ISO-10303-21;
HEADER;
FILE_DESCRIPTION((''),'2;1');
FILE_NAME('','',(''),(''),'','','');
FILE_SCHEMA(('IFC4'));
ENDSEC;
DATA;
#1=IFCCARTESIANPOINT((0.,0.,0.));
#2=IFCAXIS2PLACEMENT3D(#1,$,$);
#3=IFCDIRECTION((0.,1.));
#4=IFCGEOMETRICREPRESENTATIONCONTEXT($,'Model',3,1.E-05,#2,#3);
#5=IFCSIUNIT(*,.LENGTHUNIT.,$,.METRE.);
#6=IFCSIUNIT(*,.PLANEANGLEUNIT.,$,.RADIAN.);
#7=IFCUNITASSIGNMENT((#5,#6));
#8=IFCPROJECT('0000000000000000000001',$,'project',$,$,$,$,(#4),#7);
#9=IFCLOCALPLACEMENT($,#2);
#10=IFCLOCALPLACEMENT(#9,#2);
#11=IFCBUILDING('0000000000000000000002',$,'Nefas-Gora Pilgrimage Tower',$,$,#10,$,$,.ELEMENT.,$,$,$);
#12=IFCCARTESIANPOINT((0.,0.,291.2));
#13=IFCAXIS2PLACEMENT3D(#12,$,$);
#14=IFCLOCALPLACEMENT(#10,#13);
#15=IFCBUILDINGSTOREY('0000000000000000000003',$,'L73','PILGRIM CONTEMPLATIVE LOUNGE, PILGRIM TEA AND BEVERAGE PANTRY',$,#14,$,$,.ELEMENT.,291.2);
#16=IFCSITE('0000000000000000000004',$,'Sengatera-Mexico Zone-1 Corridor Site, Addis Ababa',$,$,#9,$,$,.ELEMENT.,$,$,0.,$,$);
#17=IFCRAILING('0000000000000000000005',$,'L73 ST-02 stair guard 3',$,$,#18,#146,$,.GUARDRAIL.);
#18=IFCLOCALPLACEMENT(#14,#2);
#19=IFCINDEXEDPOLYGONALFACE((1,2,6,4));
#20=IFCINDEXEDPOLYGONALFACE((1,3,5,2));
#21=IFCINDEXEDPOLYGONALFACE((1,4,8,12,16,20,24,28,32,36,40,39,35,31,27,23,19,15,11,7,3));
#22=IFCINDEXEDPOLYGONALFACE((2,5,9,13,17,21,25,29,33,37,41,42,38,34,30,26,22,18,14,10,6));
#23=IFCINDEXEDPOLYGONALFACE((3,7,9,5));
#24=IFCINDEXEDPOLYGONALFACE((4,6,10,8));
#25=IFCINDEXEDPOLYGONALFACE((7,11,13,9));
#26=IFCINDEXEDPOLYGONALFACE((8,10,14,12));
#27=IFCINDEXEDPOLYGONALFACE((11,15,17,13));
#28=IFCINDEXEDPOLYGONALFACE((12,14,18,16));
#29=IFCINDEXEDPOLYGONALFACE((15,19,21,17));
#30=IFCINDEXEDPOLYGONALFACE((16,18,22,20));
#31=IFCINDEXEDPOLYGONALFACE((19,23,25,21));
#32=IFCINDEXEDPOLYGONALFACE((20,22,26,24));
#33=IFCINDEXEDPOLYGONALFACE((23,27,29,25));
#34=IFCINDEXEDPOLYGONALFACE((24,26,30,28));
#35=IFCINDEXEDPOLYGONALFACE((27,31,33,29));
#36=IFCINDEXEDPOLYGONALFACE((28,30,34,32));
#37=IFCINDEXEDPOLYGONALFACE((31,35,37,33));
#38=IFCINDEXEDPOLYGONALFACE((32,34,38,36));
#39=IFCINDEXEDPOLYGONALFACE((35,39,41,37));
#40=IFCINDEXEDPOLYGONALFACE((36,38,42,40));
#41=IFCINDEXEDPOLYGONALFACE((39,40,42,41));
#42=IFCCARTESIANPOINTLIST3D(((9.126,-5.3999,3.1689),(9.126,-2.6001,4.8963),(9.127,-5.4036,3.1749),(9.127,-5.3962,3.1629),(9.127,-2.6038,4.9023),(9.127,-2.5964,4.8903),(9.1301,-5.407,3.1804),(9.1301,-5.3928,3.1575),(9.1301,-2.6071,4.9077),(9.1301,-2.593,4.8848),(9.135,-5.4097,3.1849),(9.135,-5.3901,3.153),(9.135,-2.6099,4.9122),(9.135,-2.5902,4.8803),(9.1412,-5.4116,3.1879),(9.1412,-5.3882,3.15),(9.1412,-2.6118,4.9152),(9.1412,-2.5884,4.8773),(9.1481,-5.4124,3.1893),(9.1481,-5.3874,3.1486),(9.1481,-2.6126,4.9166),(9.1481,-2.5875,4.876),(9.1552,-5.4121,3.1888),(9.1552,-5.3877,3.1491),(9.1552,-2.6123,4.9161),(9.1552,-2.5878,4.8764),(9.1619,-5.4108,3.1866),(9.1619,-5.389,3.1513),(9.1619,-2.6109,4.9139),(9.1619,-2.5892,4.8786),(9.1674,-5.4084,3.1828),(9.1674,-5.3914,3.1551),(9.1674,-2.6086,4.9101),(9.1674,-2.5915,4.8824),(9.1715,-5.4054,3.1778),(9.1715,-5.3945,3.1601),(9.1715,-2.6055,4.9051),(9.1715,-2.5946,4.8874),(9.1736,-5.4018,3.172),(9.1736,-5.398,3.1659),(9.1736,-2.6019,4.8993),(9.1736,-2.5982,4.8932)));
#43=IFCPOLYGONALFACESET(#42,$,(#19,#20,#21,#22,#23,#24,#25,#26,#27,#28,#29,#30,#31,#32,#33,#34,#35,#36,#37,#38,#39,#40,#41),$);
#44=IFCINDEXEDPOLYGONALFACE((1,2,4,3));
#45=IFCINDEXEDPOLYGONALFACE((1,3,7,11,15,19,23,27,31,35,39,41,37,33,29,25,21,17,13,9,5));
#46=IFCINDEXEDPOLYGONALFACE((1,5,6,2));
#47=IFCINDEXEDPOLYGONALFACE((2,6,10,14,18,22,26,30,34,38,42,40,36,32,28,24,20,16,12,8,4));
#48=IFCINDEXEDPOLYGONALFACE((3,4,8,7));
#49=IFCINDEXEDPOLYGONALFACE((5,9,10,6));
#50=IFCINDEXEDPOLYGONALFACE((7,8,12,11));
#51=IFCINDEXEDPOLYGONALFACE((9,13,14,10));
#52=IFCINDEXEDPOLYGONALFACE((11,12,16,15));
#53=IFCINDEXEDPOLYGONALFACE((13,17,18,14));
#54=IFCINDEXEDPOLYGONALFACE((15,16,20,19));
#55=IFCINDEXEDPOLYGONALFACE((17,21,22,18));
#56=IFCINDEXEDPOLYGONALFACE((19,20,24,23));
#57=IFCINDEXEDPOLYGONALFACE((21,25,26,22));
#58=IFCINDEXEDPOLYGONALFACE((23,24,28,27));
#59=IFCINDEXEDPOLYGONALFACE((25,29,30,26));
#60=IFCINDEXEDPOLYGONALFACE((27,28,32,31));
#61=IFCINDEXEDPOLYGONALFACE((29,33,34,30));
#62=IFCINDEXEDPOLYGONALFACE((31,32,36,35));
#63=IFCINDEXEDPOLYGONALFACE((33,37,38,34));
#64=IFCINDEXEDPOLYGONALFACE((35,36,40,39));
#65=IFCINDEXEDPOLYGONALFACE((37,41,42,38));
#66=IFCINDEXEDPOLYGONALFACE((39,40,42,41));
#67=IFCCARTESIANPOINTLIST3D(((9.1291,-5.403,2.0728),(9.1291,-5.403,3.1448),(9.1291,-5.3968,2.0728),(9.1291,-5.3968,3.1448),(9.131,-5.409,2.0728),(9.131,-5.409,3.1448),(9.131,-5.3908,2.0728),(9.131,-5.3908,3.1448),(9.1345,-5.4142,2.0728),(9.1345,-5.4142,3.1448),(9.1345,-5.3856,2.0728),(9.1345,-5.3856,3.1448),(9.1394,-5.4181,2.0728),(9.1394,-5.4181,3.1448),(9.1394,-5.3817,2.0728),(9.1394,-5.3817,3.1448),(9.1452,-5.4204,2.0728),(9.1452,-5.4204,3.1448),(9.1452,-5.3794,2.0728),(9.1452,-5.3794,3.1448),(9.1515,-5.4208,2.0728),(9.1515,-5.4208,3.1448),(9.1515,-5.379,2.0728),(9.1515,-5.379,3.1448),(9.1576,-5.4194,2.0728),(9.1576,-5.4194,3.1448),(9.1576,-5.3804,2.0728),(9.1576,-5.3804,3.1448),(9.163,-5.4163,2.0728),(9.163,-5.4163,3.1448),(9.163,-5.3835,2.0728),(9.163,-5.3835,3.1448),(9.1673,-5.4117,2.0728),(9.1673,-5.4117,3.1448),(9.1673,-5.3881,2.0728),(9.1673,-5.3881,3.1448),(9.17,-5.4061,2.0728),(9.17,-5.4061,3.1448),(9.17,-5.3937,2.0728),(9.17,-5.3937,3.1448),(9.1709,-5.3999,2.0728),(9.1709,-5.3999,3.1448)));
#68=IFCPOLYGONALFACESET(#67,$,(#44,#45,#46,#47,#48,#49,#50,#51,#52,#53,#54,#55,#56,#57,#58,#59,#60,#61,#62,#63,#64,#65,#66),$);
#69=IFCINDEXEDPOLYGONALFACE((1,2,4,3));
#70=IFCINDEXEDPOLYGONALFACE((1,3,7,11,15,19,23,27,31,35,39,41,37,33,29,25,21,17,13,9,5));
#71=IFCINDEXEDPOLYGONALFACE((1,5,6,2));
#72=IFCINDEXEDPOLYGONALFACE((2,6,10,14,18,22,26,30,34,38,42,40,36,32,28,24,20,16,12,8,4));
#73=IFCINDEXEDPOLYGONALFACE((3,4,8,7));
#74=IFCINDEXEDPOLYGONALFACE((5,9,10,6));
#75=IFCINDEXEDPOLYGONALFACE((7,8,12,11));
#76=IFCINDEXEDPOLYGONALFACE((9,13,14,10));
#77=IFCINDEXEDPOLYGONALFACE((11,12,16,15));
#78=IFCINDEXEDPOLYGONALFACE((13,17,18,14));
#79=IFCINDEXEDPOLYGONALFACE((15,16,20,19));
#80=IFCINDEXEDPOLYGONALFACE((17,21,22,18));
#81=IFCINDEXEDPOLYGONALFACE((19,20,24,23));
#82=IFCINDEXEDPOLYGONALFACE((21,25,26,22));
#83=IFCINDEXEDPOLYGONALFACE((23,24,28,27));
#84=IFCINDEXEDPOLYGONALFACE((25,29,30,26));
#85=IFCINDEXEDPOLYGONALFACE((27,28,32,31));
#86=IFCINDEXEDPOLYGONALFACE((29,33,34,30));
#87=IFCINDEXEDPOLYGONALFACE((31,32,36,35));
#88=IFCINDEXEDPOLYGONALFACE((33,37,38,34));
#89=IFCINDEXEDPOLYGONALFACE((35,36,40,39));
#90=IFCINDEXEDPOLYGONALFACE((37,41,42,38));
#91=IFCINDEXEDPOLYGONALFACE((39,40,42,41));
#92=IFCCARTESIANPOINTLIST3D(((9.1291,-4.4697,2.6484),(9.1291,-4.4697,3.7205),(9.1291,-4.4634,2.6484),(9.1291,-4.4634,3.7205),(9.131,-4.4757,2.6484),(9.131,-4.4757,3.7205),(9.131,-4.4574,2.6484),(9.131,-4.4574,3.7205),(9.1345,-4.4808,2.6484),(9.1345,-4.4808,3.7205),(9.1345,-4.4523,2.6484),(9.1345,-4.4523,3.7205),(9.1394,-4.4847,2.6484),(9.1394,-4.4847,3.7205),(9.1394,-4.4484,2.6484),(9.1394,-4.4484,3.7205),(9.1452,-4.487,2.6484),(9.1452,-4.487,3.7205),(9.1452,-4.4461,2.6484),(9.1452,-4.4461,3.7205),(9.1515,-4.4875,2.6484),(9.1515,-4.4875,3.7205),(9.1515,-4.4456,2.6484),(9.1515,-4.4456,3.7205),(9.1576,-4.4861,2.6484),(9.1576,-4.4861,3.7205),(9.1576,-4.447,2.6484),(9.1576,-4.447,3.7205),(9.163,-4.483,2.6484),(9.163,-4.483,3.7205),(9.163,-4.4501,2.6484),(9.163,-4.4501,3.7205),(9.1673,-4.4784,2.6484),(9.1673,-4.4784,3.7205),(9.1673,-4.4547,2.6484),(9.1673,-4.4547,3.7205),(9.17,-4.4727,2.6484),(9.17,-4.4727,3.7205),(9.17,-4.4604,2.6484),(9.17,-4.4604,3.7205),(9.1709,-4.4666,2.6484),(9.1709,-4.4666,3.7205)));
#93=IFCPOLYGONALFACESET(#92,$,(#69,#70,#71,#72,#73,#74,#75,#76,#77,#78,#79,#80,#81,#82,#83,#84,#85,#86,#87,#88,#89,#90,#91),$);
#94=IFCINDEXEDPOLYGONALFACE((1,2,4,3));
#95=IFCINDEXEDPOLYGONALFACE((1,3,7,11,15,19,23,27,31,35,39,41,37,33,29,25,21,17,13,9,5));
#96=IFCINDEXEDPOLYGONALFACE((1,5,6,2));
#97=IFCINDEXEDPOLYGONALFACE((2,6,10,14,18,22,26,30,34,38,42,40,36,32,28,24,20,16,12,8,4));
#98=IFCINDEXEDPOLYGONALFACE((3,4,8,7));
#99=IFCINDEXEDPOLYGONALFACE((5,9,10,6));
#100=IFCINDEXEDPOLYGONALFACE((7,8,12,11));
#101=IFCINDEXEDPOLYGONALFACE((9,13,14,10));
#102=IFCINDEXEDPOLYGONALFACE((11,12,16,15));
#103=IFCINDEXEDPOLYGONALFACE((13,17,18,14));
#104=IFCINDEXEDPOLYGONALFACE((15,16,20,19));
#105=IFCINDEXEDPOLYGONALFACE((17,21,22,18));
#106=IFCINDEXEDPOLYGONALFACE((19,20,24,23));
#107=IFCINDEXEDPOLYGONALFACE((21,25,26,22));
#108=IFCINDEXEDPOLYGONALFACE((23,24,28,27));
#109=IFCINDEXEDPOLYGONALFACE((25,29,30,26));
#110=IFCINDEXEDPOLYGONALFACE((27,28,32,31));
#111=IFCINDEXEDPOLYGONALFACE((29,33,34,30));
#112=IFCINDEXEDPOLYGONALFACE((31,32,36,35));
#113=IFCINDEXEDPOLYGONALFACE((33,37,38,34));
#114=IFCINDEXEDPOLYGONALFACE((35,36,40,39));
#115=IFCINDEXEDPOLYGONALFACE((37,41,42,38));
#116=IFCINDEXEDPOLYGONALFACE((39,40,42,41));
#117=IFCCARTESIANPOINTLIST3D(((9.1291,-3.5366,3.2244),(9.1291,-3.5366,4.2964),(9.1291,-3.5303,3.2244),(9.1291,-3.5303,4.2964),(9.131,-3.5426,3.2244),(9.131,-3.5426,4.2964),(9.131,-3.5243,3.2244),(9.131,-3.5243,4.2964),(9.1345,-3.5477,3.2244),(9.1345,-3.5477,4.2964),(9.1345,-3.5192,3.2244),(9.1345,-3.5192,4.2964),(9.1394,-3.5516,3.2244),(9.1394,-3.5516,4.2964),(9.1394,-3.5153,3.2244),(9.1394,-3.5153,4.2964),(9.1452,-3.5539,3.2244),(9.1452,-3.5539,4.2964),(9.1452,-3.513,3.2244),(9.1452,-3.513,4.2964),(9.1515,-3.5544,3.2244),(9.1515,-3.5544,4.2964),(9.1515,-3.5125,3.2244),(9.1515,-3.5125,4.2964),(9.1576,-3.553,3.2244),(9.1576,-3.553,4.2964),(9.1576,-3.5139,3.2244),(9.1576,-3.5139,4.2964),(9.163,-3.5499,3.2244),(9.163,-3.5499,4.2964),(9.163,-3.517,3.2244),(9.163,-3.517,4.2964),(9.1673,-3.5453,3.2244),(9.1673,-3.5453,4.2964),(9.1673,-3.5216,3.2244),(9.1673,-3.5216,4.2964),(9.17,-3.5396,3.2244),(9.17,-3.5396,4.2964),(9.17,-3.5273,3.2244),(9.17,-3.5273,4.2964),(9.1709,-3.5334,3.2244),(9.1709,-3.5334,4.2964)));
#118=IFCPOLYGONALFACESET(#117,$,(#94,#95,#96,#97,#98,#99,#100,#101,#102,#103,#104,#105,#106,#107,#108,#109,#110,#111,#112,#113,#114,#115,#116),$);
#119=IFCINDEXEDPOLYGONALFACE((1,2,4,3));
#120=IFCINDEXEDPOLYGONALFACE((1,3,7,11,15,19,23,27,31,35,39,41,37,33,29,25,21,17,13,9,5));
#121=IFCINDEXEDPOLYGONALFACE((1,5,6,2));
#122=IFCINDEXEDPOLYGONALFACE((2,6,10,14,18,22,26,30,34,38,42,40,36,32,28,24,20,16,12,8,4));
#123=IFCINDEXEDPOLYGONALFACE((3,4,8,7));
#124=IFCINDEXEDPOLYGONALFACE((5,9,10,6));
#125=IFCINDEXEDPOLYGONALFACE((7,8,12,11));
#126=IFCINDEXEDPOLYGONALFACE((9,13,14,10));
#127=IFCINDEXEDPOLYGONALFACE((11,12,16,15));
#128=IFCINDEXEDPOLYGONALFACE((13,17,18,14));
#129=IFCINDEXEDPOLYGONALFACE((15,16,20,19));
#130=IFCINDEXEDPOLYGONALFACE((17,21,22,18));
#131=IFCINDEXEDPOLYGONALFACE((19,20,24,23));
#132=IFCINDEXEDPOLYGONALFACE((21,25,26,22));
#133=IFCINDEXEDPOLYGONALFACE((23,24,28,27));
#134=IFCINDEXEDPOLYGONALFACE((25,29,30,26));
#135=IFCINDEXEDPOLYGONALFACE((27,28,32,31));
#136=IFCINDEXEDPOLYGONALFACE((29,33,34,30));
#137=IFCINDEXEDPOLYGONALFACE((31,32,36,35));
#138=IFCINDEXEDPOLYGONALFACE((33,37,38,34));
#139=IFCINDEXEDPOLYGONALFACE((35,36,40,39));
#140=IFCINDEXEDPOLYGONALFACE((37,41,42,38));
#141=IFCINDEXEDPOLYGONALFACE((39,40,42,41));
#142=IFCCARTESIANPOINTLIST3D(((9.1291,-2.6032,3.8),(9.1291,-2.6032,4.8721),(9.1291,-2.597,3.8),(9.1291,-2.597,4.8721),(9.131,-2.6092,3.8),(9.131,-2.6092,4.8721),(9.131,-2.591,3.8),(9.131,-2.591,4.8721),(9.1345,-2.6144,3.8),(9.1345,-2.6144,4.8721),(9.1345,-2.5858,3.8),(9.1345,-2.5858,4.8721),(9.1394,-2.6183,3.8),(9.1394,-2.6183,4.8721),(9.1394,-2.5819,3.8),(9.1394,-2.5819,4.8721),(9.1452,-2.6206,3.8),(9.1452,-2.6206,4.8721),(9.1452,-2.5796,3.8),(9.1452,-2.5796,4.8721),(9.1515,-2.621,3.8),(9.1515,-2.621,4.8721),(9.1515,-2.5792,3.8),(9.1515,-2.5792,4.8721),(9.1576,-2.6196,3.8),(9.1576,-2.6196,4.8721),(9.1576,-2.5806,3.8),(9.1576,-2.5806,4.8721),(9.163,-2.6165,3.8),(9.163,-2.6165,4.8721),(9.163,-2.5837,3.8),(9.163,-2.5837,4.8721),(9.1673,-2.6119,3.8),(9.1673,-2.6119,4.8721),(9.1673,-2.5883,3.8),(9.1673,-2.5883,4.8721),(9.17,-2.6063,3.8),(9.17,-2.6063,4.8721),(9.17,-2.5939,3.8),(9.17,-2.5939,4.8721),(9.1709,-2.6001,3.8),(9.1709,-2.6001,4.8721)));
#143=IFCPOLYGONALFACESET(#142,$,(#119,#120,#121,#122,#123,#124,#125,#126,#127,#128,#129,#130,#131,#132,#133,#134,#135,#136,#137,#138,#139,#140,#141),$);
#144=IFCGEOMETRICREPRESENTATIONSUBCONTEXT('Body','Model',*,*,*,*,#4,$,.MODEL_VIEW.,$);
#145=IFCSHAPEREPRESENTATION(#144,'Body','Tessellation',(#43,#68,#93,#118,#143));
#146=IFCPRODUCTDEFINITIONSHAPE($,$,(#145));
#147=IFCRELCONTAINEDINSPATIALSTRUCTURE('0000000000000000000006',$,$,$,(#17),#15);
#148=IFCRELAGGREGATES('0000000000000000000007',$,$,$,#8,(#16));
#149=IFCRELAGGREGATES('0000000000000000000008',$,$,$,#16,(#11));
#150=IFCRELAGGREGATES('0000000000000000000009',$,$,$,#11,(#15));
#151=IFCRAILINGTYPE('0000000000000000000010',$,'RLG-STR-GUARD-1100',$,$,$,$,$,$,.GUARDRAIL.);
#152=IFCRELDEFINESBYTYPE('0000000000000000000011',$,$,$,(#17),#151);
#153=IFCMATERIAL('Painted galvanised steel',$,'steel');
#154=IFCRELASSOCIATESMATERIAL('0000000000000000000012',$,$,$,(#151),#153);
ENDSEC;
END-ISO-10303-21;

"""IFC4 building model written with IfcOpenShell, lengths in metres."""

from ifc_helpers import new_model, si_unit, direction, frame, origin, origin_2d, place, context, subcontext, project, spatial, circle, extrude, material, type_object, element, save


model = new_model("IFC4")

# Units and contexts
model_context = context("Model", 3, precision=1e-05, world=origin(), true_north=direction((0.0, 1.0)))
body_context = subcontext(model_context, "Body", "Model", "MODEL_VIEW")
ifc_project = project(units=[si_unit("LENGTHUNIT", "METRE"), si_unit("PLANEANGLEUNIT", "RADIAN")], contexts=[model_context])

# Site, building, storey
site_placement = place(None, origin())
site = spatial("IfcSite", under=ifc_project, at=site_placement, Name="Sengatera-Mexico Zone-1 Corridor Site, Addis Ababa", CompositionType="ELEMENT", RefElevation=0.0)
building_placement = place(site_placement, origin())
building = spatial("IfcBuilding", under=site, at=building_placement, Name="Nefas-Gora Pilgrimage Tower", CompositionType="ELEMENT")
storey_placement = place(building_placement, frame((0.0, 0.0, 291.2)))
storey = spatial("IfcBuildingStorey", under=building, at=storey_placement, Name="L73", Description="PILGRIM CONTEMPLATIVE LOUNGE, PILGRIM TEA AND BEVERAGE PANTRY", CompositionType="ELEMENT", Elevation=291.2)

# Railing
ifc_material_1 = material(Name="Painted galvanised steel", Category="steel")
railing_type_1 = type_object("IfcRailingType", Name="RLG-STR-GUARD-1100", PredefinedType="GUARDRAIL", material=ifc_material_1)
railing_1_placement = place(storey_placement, frame((9.1499, -5.3999, 2.0728)))
element("IfcRailing", 1, at=railing_1_placement, inside=storey, type_object=railing_type_1, Name="L73 ST-02 stair guard 3", PredefinedType="GUARDRAIL", context=body_context, shape_type="SweptSolid", body=[
    extrude(circle(Radius=0.0239, at=origin_2d()), frame((0.0, 0.0, 1.0962), z_axis=(0.0, 0.851069, 0.525054), x_axis=(-1.0, 0.0, 0.0)), (0.0, 0.0, 1.0), 3.2898),
    extrude(circle(Radius=0.021, at=origin_2d()), origin(), (0.0, 0.0, 1.0), 1.072),
    extrude(circle(Radius=0.021, at=origin_2d()), frame((0.0, 0.9333, 0.5757)), (0.0, 0.0, 1.0), 1.072),
    extrude(circle(Radius=0.021, at=origin_2d()), frame((0.0, 1.8665, 1.1516)), (0.0, 0.0, 1.0), 1.072),
    extrude(circle(Radius=0.021, at=origin_2d()), frame((0.0, 2.7998, 1.7273)), (0.0, 0.0, 1.0), 1.072),
])

save(model, "model.ifc")
